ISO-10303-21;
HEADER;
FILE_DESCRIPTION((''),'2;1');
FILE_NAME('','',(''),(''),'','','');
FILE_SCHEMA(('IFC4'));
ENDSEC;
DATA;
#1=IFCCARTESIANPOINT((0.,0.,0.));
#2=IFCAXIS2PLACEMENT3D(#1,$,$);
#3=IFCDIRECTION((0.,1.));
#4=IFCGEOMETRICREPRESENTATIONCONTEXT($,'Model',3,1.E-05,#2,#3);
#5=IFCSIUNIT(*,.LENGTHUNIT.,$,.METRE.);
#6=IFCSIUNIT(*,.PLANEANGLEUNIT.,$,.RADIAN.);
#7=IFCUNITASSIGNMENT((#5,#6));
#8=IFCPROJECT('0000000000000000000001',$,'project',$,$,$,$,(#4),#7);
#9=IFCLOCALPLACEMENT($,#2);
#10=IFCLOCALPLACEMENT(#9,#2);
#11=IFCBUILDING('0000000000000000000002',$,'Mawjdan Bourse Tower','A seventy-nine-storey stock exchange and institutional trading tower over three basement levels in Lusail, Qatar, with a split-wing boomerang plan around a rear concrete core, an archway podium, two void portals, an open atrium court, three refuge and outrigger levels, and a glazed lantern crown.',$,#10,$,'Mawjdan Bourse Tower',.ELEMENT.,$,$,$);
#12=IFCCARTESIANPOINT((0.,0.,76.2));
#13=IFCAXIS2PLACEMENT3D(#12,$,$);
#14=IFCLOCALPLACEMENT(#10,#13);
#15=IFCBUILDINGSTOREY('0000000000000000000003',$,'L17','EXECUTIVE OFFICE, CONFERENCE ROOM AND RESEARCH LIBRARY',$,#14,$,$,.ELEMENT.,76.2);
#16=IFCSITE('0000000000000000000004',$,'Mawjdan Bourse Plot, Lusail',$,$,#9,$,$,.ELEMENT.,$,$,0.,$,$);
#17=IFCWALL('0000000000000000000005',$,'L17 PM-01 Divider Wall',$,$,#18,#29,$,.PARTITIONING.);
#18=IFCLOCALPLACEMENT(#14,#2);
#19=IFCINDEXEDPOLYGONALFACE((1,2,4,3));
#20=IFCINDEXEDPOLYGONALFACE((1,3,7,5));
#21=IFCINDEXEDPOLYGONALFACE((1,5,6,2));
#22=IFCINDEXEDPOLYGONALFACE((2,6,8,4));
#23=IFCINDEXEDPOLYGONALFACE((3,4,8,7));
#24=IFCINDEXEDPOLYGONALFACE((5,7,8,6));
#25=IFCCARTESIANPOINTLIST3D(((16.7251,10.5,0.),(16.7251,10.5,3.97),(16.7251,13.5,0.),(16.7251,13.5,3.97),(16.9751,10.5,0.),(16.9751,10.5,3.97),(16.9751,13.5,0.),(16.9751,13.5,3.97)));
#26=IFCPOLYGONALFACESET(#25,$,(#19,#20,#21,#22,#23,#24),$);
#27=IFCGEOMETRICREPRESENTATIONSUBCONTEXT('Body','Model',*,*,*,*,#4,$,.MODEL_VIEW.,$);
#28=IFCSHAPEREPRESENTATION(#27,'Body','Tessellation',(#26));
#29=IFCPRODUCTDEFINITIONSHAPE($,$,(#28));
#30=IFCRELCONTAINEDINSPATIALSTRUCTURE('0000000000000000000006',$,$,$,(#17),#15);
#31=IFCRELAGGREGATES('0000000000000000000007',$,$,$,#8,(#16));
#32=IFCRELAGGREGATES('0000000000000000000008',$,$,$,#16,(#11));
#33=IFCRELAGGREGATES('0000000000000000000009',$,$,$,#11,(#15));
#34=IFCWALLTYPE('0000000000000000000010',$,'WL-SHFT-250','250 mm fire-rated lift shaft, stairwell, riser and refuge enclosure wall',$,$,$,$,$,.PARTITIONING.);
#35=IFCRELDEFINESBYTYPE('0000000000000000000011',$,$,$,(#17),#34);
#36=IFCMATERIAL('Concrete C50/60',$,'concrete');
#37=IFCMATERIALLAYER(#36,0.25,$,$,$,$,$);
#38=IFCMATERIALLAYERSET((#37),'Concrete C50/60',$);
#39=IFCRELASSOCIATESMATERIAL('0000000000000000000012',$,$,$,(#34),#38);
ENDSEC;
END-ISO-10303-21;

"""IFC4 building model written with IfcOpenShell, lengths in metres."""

from ifc_helpers import new_model, si_unit, direction, frame, frame_2d, origin, place, context, subcontext, project, spatial, rectangle, extrude, material, layer, layer_set, type_object, element, save


model = new_model("IFC4")

# Units and contexts
model_context = context("Model", 3, precision=1e-05, world=origin(), true_north=direction((0.0, 1.0)))
body_context = subcontext(model_context, "Body", "Model", "MODEL_VIEW")
ifc_project = project(units=[si_unit("LENGTHUNIT", "METRE"), si_unit("PLANEANGLEUNIT", "RADIAN")], contexts=[model_context])

# Site, building, storey
site_placement = place(None, origin())
site = spatial("IfcSite", under=ifc_project, at=site_placement, Name="Mawjdan Bourse Plot, Lusail", CompositionType="ELEMENT", RefElevation=0.0)
building_placement = place(site_placement, origin())
building = spatial("IfcBuilding", under=site, at=building_placement, Name="Mawjdan Bourse Tower", Description="A seventy-nine-storey stock exchange and institutional trading tower over three basement levels in Lusail, Qatar, with a split-wing boomerang plan around a rear concrete core, an archway podium, two void portals, an open atrium court, three refuge and outrigger levels, and a glazed lantern crown.", LongName="Mawjdan Bourse Tower", CompositionType="ELEMENT")
storey_placement = place(building_placement, frame((0.0, 0.0, 76.2)))
storey = spatial("IfcBuildingStorey", under=building, at=storey_placement, Name="L17", Description="EXECUTIVE OFFICE, CONFERENCE ROOM AND RESEARCH LIBRARY", CompositionType="ELEMENT", Elevation=76.2)

# Shared definitions
ifc_material_1 = material(Name="Concrete C50/60", Category="concrete")
ifc_layer_1 = layer(ifc_material_1, 0.25)
ifc_layer_set_1 = layer_set([ifc_layer_1], Name="Concrete C50/60")
wall_type_1 = type_object("IfcWallType", Name="WL-SHFT-250", Description="250 mm fire-rated lift shaft, stairwell, riser and refuge enclosure wall", PredefinedType="PARTITIONING", material=ifc_layer_set_1)

# Wall
wall_1_placement = place(storey_placement, frame((16.8501, 10.5, 0.0), z_axis=(0.0, 0.0, 1.0), x_axis=(0.0, 1.0, 0.0)))
element("IfcWall", 1, at=wall_1_placement, inside=storey, type_object=wall_type_1, Name="L17 PM-01 Divider Wall", PredefinedType="PARTITIONING", context=body_context, shape_type="SweptSolid", body=[
    extrude(rectangle(XDim=3.0, YDim=0.25, at=frame_2d((1.5, 0.0))), origin(), (0.0, 0.0, 1.0), 3.97),
])

save(model, "model.ifc")
